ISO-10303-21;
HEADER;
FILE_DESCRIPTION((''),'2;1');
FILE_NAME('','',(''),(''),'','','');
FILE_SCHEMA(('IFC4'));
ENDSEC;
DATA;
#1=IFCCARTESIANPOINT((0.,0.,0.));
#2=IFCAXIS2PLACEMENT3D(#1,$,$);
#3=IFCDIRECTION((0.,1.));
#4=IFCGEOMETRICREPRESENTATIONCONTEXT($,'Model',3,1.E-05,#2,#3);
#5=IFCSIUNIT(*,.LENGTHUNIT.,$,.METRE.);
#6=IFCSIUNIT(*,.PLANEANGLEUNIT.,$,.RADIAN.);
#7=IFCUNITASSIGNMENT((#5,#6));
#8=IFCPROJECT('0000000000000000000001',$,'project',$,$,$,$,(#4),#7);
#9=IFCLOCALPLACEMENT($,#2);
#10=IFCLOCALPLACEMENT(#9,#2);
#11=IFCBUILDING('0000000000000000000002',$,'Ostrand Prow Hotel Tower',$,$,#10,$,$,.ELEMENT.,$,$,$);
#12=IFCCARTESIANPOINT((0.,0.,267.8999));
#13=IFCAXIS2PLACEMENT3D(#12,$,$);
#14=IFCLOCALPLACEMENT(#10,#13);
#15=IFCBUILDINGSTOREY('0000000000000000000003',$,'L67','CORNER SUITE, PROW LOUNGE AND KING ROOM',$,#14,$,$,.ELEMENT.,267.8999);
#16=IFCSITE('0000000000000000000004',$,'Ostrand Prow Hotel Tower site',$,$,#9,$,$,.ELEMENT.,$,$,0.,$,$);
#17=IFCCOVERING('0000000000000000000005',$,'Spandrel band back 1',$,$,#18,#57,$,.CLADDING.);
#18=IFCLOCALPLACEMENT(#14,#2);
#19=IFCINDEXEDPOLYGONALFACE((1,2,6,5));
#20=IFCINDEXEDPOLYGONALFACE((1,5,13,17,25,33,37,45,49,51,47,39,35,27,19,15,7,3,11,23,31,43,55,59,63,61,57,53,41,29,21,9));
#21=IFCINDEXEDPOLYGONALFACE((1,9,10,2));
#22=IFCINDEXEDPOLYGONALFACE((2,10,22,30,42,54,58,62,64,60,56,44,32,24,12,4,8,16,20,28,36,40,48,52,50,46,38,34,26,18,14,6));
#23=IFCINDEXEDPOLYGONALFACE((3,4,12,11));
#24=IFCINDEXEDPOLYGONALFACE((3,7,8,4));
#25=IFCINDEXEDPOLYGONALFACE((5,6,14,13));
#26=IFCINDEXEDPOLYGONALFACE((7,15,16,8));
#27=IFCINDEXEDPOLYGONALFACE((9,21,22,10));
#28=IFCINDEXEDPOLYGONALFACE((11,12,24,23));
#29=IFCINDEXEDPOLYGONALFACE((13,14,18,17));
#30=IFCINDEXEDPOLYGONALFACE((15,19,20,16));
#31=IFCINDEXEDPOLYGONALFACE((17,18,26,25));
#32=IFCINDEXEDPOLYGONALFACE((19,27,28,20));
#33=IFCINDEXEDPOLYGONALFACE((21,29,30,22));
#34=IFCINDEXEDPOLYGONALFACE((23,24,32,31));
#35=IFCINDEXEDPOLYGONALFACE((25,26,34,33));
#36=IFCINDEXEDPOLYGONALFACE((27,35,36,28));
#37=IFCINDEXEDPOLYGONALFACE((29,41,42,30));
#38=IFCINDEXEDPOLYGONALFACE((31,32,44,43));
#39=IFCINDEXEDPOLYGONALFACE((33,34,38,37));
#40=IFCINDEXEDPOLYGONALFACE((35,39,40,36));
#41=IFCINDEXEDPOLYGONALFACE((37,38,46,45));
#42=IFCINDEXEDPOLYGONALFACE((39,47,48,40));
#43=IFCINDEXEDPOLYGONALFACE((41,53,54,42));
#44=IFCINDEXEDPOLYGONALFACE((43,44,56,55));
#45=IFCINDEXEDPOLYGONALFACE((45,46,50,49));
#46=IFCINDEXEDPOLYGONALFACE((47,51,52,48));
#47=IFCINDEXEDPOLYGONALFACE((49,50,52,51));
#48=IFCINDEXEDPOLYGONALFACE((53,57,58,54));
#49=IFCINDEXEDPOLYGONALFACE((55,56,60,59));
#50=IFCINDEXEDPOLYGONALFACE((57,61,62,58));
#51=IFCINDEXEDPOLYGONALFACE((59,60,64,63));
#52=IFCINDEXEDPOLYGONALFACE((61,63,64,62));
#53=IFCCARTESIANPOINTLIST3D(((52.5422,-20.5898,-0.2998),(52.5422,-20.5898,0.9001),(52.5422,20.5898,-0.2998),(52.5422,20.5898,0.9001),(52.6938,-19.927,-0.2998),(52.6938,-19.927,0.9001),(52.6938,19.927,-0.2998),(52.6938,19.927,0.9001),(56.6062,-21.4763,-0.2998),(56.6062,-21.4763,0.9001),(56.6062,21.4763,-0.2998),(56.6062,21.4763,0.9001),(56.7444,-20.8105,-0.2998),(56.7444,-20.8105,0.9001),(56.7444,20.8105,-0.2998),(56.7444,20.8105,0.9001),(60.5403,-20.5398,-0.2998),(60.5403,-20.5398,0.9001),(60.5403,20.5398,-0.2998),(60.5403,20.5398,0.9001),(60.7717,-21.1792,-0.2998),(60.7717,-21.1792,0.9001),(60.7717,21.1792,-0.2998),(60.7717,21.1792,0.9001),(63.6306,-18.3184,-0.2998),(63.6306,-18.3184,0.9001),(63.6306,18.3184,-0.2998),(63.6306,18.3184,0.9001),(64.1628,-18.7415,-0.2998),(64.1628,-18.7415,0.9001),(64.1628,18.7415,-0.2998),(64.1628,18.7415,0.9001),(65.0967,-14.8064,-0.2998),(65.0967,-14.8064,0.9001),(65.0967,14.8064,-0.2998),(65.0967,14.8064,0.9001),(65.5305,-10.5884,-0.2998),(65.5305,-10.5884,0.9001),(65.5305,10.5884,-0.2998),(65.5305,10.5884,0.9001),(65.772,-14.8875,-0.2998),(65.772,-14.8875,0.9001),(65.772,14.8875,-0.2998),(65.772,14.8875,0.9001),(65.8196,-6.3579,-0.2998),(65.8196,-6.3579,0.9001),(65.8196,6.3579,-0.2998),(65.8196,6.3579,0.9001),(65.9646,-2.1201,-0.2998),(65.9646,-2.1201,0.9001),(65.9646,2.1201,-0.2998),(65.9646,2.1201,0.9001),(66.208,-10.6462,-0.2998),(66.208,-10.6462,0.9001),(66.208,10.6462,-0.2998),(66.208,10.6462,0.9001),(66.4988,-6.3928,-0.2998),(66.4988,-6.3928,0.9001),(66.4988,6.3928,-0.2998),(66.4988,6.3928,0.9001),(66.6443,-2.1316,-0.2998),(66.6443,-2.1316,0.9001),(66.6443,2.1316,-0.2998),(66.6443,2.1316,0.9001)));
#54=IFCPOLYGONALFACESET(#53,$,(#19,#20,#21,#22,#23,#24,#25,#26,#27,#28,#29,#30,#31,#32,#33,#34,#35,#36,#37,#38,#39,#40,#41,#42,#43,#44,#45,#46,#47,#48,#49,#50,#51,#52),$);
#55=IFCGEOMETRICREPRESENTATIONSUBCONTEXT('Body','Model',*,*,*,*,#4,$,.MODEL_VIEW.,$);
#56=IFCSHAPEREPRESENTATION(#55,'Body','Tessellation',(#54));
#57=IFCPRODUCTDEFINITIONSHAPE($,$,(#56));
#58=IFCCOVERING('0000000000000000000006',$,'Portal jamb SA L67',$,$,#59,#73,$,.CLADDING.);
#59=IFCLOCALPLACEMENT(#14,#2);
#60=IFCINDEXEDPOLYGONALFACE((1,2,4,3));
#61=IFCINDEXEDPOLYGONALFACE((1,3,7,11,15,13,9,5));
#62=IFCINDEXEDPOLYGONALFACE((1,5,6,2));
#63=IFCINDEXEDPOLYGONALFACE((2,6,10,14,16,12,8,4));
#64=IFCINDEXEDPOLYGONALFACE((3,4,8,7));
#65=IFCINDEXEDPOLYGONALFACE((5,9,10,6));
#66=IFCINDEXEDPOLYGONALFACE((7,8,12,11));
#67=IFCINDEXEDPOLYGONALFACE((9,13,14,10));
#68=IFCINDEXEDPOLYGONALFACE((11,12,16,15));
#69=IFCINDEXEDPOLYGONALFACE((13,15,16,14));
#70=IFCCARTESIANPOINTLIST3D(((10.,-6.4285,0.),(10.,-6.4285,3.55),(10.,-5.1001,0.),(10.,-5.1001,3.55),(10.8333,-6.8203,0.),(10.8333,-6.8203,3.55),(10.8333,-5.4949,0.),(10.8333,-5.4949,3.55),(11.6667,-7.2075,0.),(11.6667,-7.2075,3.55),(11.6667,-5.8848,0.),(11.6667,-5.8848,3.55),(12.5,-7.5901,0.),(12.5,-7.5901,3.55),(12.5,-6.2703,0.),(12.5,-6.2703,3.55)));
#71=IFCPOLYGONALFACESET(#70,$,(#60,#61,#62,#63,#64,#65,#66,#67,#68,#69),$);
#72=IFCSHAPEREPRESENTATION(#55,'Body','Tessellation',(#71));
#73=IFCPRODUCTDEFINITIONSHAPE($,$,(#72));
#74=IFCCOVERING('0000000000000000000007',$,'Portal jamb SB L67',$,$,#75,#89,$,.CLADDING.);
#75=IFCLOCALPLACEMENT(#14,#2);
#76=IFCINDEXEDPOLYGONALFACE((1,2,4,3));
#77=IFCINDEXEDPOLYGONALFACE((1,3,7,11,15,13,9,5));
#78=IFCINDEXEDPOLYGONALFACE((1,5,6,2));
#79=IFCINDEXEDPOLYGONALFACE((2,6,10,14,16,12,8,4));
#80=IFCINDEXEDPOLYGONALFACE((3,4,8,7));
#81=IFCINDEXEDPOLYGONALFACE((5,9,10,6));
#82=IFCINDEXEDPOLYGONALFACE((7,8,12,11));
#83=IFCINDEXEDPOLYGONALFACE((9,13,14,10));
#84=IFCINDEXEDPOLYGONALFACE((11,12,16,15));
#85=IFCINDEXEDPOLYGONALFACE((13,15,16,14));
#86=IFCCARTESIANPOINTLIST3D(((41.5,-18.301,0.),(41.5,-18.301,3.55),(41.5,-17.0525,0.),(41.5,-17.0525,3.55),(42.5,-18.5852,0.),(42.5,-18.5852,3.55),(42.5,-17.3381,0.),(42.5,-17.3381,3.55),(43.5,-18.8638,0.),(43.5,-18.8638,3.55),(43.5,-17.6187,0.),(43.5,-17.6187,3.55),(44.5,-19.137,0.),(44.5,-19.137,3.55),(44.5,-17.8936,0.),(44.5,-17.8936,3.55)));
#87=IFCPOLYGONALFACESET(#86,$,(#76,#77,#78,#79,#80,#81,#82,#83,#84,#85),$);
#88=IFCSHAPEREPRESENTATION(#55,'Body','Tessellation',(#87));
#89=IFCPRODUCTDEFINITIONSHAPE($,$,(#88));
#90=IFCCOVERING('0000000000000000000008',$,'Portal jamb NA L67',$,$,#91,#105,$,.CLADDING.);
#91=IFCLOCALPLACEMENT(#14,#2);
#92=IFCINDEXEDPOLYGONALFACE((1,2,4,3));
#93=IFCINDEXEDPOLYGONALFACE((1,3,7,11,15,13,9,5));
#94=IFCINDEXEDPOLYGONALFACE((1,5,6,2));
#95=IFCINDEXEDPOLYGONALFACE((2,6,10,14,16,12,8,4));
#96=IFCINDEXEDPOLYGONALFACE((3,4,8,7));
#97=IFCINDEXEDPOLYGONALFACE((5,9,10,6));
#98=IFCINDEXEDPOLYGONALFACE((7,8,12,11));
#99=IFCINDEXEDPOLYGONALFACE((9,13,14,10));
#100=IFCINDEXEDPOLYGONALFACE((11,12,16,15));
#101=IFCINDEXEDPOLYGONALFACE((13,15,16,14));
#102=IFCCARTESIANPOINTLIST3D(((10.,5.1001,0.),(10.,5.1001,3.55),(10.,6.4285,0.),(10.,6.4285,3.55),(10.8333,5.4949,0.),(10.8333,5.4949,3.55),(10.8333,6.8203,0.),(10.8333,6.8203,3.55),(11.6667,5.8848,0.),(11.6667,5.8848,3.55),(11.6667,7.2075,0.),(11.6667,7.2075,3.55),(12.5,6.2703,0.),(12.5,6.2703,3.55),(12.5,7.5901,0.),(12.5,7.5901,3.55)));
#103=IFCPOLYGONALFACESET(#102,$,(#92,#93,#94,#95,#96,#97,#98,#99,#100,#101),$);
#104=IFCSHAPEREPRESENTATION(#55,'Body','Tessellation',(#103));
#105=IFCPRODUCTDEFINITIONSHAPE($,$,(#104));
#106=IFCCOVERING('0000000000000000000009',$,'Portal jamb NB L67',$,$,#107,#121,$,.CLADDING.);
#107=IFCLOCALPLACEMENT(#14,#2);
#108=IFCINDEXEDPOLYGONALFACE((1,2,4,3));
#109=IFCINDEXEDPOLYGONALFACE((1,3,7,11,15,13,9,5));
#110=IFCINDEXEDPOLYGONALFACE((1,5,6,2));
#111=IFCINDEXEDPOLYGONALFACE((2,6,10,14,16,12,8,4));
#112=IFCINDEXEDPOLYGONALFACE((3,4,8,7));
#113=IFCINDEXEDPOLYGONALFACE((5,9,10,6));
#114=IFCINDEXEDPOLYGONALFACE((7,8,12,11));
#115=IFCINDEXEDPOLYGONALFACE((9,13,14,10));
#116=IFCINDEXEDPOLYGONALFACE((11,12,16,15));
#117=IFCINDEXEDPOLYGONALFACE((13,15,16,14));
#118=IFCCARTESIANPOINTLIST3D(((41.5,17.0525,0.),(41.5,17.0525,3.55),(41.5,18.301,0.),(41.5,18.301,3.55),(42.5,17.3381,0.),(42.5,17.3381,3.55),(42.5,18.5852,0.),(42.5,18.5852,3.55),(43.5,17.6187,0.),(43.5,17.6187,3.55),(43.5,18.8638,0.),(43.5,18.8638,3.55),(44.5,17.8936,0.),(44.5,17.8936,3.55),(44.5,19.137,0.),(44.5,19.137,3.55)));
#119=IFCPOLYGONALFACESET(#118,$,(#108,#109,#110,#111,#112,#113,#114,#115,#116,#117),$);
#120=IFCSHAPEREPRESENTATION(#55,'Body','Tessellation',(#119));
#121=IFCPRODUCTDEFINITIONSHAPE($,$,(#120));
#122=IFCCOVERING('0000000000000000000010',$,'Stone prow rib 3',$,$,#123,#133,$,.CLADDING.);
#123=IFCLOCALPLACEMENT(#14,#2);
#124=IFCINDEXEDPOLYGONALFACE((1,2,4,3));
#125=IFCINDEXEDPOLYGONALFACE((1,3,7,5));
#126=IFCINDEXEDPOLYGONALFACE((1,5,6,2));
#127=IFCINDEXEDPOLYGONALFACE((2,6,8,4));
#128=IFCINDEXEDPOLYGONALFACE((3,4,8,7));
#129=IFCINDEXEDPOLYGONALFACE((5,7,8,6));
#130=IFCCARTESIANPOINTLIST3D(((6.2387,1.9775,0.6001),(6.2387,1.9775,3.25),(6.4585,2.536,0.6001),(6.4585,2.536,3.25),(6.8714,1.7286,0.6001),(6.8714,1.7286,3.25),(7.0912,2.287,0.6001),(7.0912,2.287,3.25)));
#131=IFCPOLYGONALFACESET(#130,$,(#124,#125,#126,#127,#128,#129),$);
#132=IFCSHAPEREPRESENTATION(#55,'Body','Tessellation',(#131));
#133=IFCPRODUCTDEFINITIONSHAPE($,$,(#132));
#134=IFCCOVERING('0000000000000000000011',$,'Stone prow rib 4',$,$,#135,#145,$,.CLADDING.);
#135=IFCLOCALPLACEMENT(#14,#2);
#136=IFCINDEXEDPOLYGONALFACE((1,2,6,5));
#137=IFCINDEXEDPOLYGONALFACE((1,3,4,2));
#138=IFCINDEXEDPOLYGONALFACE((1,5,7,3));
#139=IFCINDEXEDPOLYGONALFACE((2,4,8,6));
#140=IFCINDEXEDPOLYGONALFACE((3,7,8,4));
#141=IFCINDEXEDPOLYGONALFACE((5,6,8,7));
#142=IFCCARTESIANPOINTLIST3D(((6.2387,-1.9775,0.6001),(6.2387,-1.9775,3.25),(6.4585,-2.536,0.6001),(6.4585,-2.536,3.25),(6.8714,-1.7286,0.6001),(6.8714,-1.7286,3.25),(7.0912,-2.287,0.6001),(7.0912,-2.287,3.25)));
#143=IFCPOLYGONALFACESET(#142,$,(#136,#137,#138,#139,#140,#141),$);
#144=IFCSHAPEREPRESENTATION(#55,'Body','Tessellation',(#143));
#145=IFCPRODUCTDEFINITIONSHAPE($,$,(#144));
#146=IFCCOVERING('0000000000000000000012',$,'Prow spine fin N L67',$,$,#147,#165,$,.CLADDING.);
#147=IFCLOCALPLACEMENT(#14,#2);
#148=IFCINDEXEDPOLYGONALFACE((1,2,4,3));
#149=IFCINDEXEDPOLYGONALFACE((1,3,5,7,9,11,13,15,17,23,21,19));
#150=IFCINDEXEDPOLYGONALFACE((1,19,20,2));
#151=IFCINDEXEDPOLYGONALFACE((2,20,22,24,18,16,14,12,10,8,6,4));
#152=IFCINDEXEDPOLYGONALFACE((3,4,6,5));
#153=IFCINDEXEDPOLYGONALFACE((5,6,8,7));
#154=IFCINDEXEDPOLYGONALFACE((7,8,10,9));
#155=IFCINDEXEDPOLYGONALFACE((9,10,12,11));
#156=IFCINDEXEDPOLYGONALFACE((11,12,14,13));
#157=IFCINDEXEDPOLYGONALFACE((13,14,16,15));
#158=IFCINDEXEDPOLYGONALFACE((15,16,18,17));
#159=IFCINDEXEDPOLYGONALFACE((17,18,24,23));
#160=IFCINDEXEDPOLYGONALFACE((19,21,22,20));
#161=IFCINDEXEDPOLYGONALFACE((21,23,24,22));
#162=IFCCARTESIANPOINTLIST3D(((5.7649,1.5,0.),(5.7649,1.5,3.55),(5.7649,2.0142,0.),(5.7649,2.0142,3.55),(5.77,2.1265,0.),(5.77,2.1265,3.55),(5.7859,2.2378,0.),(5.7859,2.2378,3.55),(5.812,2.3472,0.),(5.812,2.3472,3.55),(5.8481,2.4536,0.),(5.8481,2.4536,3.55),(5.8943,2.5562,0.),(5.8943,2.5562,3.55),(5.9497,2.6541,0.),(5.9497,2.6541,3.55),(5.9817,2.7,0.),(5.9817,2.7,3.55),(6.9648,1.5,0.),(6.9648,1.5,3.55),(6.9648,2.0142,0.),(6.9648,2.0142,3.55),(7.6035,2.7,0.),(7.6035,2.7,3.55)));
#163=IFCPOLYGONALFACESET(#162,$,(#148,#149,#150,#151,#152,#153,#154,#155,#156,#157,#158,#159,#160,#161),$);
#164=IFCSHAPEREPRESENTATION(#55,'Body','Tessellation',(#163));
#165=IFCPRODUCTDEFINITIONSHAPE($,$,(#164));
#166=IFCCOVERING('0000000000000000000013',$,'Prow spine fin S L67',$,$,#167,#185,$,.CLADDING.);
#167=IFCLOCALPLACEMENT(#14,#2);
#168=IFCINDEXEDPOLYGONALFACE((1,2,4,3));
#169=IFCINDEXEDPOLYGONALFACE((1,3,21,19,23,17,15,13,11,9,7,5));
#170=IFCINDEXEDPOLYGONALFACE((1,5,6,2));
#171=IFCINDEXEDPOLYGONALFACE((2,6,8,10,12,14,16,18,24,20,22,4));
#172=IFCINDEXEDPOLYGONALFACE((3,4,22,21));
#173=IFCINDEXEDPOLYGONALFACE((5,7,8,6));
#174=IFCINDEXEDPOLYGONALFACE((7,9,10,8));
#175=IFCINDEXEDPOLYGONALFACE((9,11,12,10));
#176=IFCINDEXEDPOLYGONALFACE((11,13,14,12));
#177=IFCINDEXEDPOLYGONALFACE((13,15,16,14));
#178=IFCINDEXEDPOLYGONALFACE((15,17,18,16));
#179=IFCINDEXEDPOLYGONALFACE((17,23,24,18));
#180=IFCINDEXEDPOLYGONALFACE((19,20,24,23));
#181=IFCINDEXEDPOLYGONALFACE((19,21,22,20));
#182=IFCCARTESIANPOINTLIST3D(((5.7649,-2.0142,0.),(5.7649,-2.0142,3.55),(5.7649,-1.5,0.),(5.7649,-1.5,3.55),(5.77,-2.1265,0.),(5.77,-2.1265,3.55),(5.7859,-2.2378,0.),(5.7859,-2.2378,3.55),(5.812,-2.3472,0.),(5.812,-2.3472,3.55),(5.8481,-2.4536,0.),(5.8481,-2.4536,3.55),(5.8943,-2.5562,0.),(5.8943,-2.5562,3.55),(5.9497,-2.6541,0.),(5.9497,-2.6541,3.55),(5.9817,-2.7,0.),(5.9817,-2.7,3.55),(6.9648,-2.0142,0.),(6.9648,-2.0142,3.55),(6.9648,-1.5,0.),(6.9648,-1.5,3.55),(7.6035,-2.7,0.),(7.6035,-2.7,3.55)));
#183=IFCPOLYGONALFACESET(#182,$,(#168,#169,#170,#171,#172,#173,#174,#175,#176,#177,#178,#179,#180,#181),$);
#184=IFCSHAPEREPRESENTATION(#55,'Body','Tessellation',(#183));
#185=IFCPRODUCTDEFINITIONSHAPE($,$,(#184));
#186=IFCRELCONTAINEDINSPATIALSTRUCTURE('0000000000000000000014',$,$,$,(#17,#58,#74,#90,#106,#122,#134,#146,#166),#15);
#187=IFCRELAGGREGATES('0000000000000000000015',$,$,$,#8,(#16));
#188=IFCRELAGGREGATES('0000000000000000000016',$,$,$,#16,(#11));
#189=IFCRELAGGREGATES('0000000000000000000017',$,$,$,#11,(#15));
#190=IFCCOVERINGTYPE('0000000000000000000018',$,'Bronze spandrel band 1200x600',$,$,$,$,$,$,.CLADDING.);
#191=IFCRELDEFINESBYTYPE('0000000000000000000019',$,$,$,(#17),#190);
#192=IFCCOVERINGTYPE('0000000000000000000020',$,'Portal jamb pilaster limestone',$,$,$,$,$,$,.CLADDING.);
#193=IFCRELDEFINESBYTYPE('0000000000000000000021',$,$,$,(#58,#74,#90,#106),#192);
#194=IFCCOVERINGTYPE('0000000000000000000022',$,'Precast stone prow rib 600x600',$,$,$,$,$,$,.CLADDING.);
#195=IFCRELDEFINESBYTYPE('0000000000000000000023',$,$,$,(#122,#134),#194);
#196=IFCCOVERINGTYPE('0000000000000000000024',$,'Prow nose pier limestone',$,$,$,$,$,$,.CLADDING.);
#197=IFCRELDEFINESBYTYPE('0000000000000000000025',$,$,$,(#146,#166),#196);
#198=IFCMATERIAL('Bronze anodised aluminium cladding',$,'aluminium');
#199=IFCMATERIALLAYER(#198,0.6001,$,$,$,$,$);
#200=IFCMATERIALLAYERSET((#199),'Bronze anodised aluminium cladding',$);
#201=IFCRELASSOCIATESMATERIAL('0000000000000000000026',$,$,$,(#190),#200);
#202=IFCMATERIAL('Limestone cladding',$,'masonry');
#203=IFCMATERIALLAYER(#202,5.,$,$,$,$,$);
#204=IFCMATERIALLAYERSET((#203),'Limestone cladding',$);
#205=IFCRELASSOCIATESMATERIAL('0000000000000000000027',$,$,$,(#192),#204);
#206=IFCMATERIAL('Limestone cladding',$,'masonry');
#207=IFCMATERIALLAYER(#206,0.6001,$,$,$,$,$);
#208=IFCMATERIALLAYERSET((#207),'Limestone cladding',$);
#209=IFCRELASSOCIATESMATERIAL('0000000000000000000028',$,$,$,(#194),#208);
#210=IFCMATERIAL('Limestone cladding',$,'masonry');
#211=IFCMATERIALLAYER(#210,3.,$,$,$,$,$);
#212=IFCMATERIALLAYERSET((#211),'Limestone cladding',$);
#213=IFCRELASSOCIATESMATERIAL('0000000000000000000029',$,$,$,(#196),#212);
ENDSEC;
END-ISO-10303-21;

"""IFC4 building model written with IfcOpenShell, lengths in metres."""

from ifc_helpers import new_model, si_unit, direction, frame, frame_2d, origin, place, context, subcontext, project, spatial, polyline, rectangle, outline, extrude, material, layer, layer_set, type_object, element, save


model = new_model("IFC4")

# Units and contexts
model_context = context("Model", 3, precision=1e-05, world=origin(), true_north=direction((0.0, 1.0)))
body_context = subcontext(model_context, "Body", "Model", "MODEL_VIEW")
ifc_project = project(units=[si_unit("LENGTHUNIT", "METRE"), si_unit("PLANEANGLEUNIT", "RADIAN")], contexts=[model_context])

# Site, building, storey
site_placement = place(None, origin())
site = spatial("IfcSite", under=ifc_project, at=site_placement, Name="Ostrand Prow Hotel Tower site", CompositionType="ELEMENT", RefElevation=0.0)
building_placement = place(site_placement, origin())
building = spatial("IfcBuilding", under=site, at=building_placement, Name="Ostrand Prow Hotel Tower", CompositionType="ELEMENT")
storey_placement = place(building_placement, frame((0.0, 0.0, 267.8999)))
storey = spatial("IfcBuildingStorey", under=building, at=storey_placement, Name="L67", Description="CORNER SUITE, PROW LOUNGE AND KING ROOM", CompositionType="ELEMENT", Elevation=267.8999)

# Coverings
ifc_material_1 = material(Name="Bronze anodised aluminium cladding", Category="aluminium")
ifc_layer_1 = layer(ifc_material_1, 0.6001)
ifc_layer_set_1 = layer_set([ifc_layer_1], Name="Bronze anodised aluminium cladding")
covering_type_1 = type_object("IfcCoveringType", Name="Bronze spandrel band 1200x600", PredefinedType="CLADDING", material=ifc_layer_set_1)
covering_1_placement = place(storey_placement, frame((0.0, 0.0, -0.2998)))
element("IfcCovering", 1, at=covering_1_placement, inside=storey, type_object=covering_type_1, Name="Spandrel band back 1", PredefinedType="CLADDING", context=body_context, shape_type="SweptSolid", body=[
    extrude(outline(polyline([(52.5422, -20.5898), (56.6062, -21.4763), (60.7717, -21.1792), (64.1628, -18.7415), (65.772, -14.8875), (66.208, -10.6462), (66.4988, -6.3928), (66.6443, -2.1316), (66.6443, 2.1316), (66.4988, 6.3928), (66.208, 10.6462), (65.772, 14.8875), (64.1628, 18.7415), (60.7717, 21.1792), (56.6062, 21.4763), (52.5422, 20.5898), (52.6938, 19.927), (56.7444, 20.8105), (60.5403, 20.5398), (63.6306, 18.3184), (65.0967, 14.8064), (65.5305, 10.5884), (65.8196, 6.3579), (65.9646, 2.1201), (65.9646, -2.1201), (65.8196, -6.3579), (65.5305, -10.5884), (65.0967, -14.8064), (63.6306, -18.3184), (60.5403, -20.5398), (56.7444, -20.8105), (52.6938, -19.927), (52.5422, -20.5898)])), origin(), (0.0, 0.0, 1.0), 1.2),
])
ifc_material_2 = material(Name="Limestone cladding", Category="masonry")
ifc_layer_2 = layer(ifc_material_2, 5.0)
ifc_layer_set_2 = layer_set([ifc_layer_2], Name="Limestone cladding")
covering_type_2 = type_object("IfcCoveringType", Name="Portal jamb pilaster limestone", PredefinedType="CLADDING", material=ifc_layer_set_2)
covering_2_placement = place(storey_placement, origin())
element("IfcCovering", 2, at=covering_2_placement, inside=storey, type_object=covering_type_2, Name="Portal jamb SA L67", PredefinedType="CLADDING", context=body_context, shape_type="SweptSolid", body=[
    extrude(outline(polyline([(10.0, -5.1001), (10.0, -6.4285), (10.8333, -6.8203), (11.6667, -7.2075), (12.5, -7.5901), (12.5, -6.2703), (11.6667, -5.8848), (10.8333, -5.4949), (10.0, -5.1001)])), origin(), (0.0, 0.0, 1.0), 3.55),
])
covering_3_placement = place(storey_placement, origin())
element("IfcCovering", 3, at=covering_3_placement, inside=storey, type_object=covering_type_2, Name="Portal jamb SB L67", PredefinedType="CLADDING", context=body_context, shape_type="SweptSolid", body=[
    extrude(outline(polyline([(41.5, -17.0525), (41.5, -18.301), (42.5, -18.5852), (43.5, -18.8638), (44.5, -19.137), (44.5, -17.8936), (43.5, -17.6187), (42.5, -17.3381), (41.5, -17.0525)])), origin(), (0.0, 0.0, 1.0), 3.55),
])
covering_4_placement = place(storey_placement, origin())
element("IfcCovering", 4, at=covering_4_placement, inside=storey, type_object=covering_type_2, Name="Portal jamb NA L67", PredefinedType="CLADDING", context=body_context, shape_type="SweptSolid", body=[
    extrude(outline(polyline([(10.0, 5.1001), (10.8333, 5.4949), (11.6667, 5.8848), (12.5, 6.2703), (12.5, 7.5901), (11.6667, 7.2075), (10.8333, 6.8203), (10.0, 6.4285), (10.0, 5.1001)])), origin(), (0.0, 0.0, 1.0), 3.55),
])
covering_5_placement = place(storey_placement, origin())
element("IfcCovering", 5, at=covering_5_placement, inside=storey, type_object=covering_type_2, Name="Portal jamb NB L67", PredefinedType="CLADDING", context=body_context, shape_type="SweptSolid", body=[
    extrude(outline(polyline([(41.5, 17.0525), (42.5, 17.3381), (43.5, 17.6187), (44.5, 17.8936), (44.5, 19.137), (43.5, 18.8638), (42.5, 18.5852), (41.5, 18.301), (41.5, 17.0525)])), origin(), (0.0, 0.0, 1.0), 3.55),
])
ifc_material_3 = material(Name="Limestone cladding", Category="masonry")
ifc_layer_3 = layer(ifc_material_3, 0.6001)
ifc_layer_set_3 = layer_set([ifc_layer_3], Name="Limestone cladding")
covering_type_3 = type_object("IfcCoveringType", Name="Precast stone prow rib 600x600", PredefinedType="CLADDING", material=ifc_layer_set_3)
for number, where, z_axis, x_axis, name in (
    (6, (6.9812, 2.0078, 0.6001), (0.0, 0.0, 1.0), (-0.930542, 0.366185, 0.0), "Stone prow rib 3"),
    (7, (6.9812, -2.0078, 0.6001), (0.0, 0.0, 1.0), (-0.930542, -0.366185, 0.0), "Stone prow rib 4"),
):
    element("IfcCovering", number, at=place(storey_placement, frame(where, z_axis=z_axis, x_axis=x_axis)), inside=storey, type_object=covering_type_3, Name=name, PredefinedType="CLADDING", context=body_context, shape_type="SweptSolid", body=[
        extrude(rectangle(XDim=0.6799, YDim=0.6001, at=frame_2d((0.3398, 0.0))), origin(), (0.0, 0.0, 1.0), 2.6499),
    ])
ifc_material_4 = material(Name="Limestone cladding", Category="masonry")
ifc_layer_4 = layer(ifc_material_4, 3.0)
ifc_layer_set_4 = layer_set([ifc_layer_4], Name="Limestone cladding")
covering_type_4 = type_object("IfcCoveringType", Name="Prow nose pier limestone", PredefinedType="CLADDING", material=ifc_layer_set_4)
covering_6_placement = place(storey_placement, origin())
element("IfcCovering", 8, at=covering_6_placement, inside=storey, type_object=covering_type_4, Name="Prow spine fin N L67", PredefinedType="CLADDING", context=body_context, shape_type="SweptSolid", body=[
    extrude(outline(polyline([(5.7649, 2.0142), (5.7649, 1.5), (6.9648, 1.5), (6.9648, 2.0142), (7.6035, 2.7), (5.9817, 2.7), (5.9497, 2.6541), (5.8943, 2.5562), (5.8481, 2.4536), (5.812, 2.3472), (5.7859, 2.2378), (5.77, 2.1265), (5.7649, 2.0142)])), origin(), (0.0, 0.0, 1.0), 3.55),
])
covering_7_placement = place(storey_placement, origin())
element("IfcCovering", 9, at=covering_7_placement, inside=storey, type_object=covering_type_4, Name="Prow spine fin S L67", PredefinedType="CLADDING", context=body_context, shape_type="SweptSolid", body=[
    extrude(outline(polyline([(5.9497, -2.6541), (5.9817, -2.7), (7.6035, -2.7), (6.9648, -2.0142), (6.9648, -1.5), (5.7649, -1.5), (5.7649, -2.0142), (5.77, -2.1265), (5.7859, -2.2378), (5.812, -2.3472), (5.8481, -2.4536), (5.8943, -2.5562), (5.9497, -2.6541)])), origin(), (0.0, 0.0, 1.0), 3.55),
])

save(model, "model.ifc")
